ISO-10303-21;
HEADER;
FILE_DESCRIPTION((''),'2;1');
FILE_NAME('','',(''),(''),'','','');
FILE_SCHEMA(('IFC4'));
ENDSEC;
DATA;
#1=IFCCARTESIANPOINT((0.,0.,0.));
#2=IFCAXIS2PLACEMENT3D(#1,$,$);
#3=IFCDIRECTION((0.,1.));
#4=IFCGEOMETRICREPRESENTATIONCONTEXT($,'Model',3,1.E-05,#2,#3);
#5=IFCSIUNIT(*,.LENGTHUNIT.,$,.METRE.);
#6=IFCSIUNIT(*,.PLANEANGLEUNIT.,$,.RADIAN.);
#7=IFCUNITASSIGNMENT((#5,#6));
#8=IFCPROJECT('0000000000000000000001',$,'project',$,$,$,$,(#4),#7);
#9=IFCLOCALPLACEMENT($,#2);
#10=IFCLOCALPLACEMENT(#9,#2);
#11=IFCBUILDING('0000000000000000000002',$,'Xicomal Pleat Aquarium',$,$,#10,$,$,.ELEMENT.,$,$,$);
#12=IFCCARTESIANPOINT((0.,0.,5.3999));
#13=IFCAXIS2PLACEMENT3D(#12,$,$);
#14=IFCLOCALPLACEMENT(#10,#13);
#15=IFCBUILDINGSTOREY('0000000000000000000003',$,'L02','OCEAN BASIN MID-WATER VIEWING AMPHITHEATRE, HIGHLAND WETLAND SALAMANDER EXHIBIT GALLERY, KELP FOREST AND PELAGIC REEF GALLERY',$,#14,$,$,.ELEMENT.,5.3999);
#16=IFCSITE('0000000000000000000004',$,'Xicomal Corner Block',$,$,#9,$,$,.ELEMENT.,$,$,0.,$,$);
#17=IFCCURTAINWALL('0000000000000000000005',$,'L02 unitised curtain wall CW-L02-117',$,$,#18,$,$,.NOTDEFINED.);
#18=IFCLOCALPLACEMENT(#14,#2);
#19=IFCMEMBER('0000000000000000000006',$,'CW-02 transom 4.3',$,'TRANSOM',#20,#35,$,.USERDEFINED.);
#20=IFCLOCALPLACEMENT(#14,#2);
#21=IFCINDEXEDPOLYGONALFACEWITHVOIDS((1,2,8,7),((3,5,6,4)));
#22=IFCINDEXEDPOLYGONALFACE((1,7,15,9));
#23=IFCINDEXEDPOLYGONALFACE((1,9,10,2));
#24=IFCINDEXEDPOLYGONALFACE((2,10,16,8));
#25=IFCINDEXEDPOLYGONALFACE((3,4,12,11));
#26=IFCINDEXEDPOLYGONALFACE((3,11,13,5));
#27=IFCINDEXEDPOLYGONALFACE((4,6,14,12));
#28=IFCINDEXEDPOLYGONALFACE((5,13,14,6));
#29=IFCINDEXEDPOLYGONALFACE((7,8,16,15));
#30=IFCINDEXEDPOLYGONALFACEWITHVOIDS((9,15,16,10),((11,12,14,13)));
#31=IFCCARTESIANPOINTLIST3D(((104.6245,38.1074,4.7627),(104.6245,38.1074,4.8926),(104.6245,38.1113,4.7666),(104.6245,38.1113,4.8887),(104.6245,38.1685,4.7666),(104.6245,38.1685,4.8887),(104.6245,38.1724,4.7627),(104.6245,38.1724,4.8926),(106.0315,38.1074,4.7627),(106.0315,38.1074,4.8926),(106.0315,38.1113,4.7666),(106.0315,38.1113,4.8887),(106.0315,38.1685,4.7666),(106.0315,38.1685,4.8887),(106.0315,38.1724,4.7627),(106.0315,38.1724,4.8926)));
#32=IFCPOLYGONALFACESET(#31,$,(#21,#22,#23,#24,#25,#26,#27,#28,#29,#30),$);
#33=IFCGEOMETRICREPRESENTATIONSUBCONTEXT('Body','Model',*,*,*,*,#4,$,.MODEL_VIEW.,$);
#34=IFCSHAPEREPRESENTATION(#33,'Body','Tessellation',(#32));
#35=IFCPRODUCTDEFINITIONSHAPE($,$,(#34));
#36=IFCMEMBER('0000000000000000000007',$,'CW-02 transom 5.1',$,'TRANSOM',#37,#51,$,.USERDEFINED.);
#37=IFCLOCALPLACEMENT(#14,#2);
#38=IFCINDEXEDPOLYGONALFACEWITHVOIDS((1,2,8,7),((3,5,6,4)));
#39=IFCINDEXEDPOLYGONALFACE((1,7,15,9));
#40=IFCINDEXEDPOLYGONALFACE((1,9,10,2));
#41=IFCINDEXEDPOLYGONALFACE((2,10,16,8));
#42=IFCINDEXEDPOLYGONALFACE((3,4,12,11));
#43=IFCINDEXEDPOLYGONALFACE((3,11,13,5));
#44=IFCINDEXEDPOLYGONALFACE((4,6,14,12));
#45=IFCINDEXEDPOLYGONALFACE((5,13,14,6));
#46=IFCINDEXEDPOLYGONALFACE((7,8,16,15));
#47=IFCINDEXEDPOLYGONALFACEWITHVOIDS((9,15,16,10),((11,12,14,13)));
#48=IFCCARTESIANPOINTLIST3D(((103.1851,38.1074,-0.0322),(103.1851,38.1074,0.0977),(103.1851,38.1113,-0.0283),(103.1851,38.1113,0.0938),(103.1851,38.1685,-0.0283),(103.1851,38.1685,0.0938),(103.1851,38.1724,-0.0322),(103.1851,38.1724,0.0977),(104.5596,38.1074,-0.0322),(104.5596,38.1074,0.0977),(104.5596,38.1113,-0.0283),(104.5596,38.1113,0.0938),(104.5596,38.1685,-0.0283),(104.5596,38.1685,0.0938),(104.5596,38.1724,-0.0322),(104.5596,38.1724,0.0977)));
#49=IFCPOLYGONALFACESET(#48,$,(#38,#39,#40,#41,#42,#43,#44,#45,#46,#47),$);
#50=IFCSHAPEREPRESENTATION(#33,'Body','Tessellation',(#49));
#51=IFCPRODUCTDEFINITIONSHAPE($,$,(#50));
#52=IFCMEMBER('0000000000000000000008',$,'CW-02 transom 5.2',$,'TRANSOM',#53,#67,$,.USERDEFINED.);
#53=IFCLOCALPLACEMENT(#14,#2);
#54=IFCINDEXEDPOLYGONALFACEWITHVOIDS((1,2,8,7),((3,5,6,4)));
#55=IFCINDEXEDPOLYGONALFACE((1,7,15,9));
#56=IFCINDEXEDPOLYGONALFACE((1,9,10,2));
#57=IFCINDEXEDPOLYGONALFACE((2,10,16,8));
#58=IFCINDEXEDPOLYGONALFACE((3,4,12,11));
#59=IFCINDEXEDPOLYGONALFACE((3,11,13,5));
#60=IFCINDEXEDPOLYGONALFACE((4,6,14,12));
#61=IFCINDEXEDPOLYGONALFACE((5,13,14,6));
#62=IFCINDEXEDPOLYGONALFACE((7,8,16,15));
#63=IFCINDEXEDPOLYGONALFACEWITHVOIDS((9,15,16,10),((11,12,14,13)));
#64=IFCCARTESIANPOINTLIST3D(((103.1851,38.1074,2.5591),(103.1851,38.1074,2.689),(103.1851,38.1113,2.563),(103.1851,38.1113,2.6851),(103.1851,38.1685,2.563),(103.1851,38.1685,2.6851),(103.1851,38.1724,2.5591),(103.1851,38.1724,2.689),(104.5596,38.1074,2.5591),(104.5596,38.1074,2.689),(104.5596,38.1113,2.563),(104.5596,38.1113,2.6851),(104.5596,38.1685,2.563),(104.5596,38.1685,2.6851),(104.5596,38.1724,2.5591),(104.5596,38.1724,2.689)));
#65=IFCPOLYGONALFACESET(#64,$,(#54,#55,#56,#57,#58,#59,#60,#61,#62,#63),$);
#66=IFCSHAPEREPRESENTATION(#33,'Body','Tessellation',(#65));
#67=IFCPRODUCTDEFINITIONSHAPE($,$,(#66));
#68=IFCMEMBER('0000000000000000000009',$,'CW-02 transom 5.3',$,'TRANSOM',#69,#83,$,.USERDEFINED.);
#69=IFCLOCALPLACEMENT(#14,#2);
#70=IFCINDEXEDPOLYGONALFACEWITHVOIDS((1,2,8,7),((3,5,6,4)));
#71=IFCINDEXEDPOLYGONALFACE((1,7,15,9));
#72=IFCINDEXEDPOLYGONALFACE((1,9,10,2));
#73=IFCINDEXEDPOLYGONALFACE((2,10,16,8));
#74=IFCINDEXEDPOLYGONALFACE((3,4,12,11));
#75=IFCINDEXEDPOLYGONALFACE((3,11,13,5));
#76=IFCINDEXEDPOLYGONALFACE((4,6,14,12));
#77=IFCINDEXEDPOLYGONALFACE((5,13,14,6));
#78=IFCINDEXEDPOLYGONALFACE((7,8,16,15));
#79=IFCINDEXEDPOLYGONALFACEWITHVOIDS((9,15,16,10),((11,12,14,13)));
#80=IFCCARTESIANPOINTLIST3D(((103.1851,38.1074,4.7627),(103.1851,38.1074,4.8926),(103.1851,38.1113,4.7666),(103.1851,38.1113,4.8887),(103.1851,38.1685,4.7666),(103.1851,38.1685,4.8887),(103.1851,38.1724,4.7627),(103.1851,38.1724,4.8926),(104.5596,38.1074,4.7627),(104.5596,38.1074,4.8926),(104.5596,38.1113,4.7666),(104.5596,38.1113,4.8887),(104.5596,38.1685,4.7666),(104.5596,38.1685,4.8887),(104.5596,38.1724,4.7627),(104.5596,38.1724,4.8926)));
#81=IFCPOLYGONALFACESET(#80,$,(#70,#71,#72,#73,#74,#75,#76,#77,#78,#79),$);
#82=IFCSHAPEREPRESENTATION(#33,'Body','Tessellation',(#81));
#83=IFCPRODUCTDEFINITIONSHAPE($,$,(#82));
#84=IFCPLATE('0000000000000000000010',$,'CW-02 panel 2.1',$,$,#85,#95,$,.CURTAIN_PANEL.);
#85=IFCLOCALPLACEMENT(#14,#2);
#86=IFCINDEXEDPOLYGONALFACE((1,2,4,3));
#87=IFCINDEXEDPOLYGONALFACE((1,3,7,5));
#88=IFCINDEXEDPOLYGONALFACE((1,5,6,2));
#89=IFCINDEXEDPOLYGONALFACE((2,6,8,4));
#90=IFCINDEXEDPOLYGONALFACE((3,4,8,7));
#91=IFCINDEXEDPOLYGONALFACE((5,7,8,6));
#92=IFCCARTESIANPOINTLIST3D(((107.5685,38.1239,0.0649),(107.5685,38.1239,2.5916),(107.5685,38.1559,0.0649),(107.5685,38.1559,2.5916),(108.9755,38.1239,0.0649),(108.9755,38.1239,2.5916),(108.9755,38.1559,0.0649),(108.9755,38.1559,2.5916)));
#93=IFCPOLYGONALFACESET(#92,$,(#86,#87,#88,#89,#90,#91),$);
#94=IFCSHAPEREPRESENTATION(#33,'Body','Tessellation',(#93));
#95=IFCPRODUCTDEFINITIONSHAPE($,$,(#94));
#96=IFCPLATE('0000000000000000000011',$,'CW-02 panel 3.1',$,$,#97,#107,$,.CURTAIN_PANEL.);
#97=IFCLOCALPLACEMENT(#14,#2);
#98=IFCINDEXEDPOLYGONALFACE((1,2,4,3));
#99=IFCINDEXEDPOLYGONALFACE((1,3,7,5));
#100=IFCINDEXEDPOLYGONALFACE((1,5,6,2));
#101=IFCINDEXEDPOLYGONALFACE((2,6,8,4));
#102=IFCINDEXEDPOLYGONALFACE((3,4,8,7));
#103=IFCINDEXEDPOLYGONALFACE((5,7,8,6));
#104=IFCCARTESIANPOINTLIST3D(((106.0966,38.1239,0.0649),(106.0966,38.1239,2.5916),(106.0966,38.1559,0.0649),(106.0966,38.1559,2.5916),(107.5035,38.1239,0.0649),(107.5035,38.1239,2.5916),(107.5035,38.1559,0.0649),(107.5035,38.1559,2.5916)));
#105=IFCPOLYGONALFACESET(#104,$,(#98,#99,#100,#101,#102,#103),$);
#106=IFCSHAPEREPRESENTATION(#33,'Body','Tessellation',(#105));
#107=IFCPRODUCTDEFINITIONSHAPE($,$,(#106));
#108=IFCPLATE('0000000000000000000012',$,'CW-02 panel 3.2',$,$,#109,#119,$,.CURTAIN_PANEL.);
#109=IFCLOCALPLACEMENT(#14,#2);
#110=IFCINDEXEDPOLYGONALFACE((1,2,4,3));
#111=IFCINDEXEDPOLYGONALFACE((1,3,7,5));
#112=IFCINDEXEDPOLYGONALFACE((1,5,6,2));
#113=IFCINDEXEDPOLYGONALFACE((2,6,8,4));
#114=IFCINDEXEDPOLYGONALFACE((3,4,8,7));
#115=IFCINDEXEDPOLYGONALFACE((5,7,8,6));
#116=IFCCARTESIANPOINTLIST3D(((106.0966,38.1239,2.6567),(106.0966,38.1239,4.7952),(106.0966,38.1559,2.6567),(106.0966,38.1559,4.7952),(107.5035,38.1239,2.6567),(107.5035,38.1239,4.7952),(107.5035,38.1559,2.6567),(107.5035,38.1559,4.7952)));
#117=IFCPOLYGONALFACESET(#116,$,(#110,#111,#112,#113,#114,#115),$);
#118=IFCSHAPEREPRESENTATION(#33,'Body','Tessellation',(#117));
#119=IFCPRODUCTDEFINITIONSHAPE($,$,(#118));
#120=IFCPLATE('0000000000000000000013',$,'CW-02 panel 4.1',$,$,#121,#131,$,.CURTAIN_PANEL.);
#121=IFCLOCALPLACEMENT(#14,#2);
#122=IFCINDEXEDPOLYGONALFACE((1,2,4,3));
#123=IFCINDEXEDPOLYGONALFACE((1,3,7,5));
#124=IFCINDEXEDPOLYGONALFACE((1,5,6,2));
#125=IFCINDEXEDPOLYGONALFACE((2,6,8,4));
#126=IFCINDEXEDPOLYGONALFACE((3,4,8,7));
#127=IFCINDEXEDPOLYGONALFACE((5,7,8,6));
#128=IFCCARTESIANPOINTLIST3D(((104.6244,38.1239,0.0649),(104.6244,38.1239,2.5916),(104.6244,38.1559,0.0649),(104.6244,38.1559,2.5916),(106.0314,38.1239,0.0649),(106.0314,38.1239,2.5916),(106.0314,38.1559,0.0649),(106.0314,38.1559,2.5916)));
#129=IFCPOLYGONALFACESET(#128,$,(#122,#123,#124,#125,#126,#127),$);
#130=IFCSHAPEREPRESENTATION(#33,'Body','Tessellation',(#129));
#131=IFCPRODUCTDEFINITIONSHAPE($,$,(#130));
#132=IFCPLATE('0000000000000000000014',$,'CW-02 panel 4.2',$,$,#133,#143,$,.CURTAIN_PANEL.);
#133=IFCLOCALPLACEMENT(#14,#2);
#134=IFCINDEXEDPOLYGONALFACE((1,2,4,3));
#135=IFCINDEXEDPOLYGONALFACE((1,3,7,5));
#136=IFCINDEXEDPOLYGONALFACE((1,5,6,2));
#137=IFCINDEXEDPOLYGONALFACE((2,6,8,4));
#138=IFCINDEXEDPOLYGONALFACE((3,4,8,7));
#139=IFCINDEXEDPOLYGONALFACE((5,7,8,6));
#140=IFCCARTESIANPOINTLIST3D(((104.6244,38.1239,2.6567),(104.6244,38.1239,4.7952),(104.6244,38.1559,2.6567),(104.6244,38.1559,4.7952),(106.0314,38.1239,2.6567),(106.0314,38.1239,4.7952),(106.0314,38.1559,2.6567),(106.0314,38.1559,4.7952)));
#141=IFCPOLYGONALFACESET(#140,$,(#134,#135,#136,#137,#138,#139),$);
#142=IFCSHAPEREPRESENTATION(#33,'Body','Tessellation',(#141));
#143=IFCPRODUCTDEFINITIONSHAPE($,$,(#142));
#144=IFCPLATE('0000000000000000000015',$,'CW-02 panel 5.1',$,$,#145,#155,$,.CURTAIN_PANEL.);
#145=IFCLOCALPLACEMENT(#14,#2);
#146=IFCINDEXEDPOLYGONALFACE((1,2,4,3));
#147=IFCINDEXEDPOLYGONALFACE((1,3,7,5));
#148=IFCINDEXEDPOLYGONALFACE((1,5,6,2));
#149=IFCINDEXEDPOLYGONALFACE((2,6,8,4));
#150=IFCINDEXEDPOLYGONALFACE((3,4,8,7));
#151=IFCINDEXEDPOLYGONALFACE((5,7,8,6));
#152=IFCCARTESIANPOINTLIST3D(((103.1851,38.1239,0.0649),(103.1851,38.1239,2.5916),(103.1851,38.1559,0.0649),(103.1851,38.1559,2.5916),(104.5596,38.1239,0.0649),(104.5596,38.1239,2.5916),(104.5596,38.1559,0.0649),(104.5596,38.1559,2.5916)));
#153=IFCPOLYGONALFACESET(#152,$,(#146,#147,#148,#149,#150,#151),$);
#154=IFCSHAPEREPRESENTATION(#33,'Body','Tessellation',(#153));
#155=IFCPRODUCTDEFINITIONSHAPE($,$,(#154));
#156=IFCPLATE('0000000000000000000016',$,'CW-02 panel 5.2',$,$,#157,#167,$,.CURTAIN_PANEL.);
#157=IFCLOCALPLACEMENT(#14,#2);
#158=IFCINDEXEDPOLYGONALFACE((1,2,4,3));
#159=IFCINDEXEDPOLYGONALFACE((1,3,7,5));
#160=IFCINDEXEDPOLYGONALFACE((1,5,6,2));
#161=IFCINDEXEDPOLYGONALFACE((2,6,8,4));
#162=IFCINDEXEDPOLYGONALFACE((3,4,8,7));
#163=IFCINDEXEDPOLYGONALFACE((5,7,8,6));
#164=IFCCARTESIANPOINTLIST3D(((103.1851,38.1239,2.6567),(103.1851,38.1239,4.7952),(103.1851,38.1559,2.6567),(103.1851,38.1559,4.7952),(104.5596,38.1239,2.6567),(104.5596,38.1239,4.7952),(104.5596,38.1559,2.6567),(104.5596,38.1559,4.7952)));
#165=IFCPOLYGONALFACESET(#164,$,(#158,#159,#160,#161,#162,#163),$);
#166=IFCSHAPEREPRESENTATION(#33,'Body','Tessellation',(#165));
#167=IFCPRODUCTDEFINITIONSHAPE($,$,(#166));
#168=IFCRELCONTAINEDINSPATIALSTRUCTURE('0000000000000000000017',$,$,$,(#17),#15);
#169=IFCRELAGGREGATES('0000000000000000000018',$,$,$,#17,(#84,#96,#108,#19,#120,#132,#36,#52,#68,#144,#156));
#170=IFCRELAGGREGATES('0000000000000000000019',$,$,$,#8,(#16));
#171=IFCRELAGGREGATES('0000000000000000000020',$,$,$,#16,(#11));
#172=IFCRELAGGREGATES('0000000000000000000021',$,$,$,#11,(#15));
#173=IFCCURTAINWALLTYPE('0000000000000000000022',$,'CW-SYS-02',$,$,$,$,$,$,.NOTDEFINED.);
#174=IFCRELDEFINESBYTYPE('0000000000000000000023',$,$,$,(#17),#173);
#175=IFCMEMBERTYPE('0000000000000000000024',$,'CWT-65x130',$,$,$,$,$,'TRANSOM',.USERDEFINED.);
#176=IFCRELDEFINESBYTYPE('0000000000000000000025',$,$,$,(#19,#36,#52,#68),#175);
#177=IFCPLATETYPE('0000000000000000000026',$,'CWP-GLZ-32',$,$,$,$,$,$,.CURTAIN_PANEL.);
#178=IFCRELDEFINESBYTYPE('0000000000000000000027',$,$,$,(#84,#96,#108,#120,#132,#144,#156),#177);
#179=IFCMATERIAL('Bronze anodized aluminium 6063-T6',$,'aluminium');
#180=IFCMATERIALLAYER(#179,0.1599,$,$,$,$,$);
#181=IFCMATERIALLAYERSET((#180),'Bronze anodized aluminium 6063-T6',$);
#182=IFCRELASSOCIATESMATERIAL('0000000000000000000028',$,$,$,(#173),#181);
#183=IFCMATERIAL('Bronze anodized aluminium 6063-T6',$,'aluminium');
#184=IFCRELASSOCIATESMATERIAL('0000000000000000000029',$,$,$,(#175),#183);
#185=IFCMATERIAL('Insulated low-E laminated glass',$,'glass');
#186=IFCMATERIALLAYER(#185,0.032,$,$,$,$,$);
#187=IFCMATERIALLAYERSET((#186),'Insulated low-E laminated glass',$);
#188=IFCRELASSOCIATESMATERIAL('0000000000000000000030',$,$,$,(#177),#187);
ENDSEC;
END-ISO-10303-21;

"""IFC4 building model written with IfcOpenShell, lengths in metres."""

from ifc_helpers import new_model, si_unit, direction, frame, origin, origin_2d, place, context, subcontext, project, spatial, rectangle, hollow_rectangle, extrude, material, layer, layer_set, material_profile, profile_set, type_object, element, aggregate, save


model = new_model("IFC4")

# Units and contexts
model_context = context("Model", 3, precision=1e-05, world=origin(), true_north=direction((0.0, 1.0)))
body_context = subcontext(model_context, "Body", "Model", "MODEL_VIEW")
ifc_project = project(units=[si_unit("LENGTHUNIT", "METRE"), si_unit("PLANEANGLEUNIT", "RADIAN")], contexts=[model_context])

# Site, building, storey
site_placement = place(None, origin())
site = spatial("IfcSite", under=ifc_project, at=site_placement, Name="Xicomal Corner Block", CompositionType="ELEMENT", RefElevation=0.0)
building_placement = place(site_placement, origin())
building = spatial("IfcBuilding", under=site, at=building_placement, Name="Xicomal Pleat Aquarium", CompositionType="ELEMENT")
storey_placement = place(building_placement, frame((0.0, 0.0, 5.3999)))
storey = spatial("IfcBuildingStorey", under=building, at=storey_placement, Name="L02", Description="OCEAN BASIN MID-WATER VIEWING AMPHITHEATRE, HIGHLAND WETLAND SALAMANDER EXHIBIT GALLERY, KELP FOREST AND PELAGIC REEF GALLERY", CompositionType="ELEMENT", Elevation=5.3999)

# Curtain wall, members, plates
ifc_material_1 = material(Name="Bronze anodized aluminium 6063-T6", Category="aluminium")
ifc_layer_1 = layer(ifc_material_1, 0.1599)
ifc_layer_set_1 = layer_set([ifc_layer_1], Name="Bronze anodized aluminium 6063-T6")
curtain_wall_type = type_object("IfcCurtainWallType", Name="CW-SYS-02", PredefinedType="NOTDEFINED", material=ifc_layer_set_1)
curtain_wall_placement = place(storey_placement, origin())
curtain_wall = element("IfcCurtainWall", 1, at=curtain_wall_placement, inside=storey, type_object=curtain_wall_type, Name="L02 unitised curtain wall CW-L02-117", PredefinedType="NOTDEFINED")
ifc_material_2 = material(Name="Bronze anodized aluminium 6063-T6", Category="aluminium")
ifc_material_profile_1 = material_profile(ifc_material_2, hollow_rectangle(XDim=0.0649, YDim=0.1299, WallThickness=0.0039, at=origin_2d()), Name="ALU TRAN 65x130")
ifc_profile_set_1 = profile_set([ifc_material_profile_1], Name="Bronze anodized aluminium 6063-T6")
member_type_1 = type_object("IfcMemberType", Name="CWT-65x130", ElementType="TRANSOM", PredefinedType="USERDEFINED", material=ifc_profile_set_1)
member_1_placement = place(storey_placement, frame((106.0315, 38.1399, 4.8276), z_axis=(-1.0, 0.0, 0.0), x_axis=(0.0, -1.0, 0.0)))
member_1 = element("IfcMember", 2, at=member_1_placement, type_object=member_type_1, Name="CW-02 transom 4.3", ObjectType="TRANSOM", PredefinedType="USERDEFINED", context=body_context, shape_type="SweptSolid", body=[
    extrude(hollow_rectangle(XDim=0.0649, YDim=0.1299, WallThickness=0.0039, at=origin_2d()), origin(), (0.0, 0.0, 1.0), 1.407),
])
member_2_placement = place(storey_placement, frame((104.5596, 38.1399, 0.0327), z_axis=(-1.0, 0.0, 0.0), x_axis=(0.0, -1.0, 0.0)))
member_2 = element("IfcMember", 3, at=member_2_placement, type_object=member_type_1, Name="CW-02 transom 5.1", ObjectType="TRANSOM", PredefinedType="USERDEFINED", context=body_context, shape_type="SweptSolid", body=[
    extrude(hollow_rectangle(XDim=0.0649, YDim=0.1299, WallThickness=0.0039, at=origin_2d()), origin(), (0.0, 0.0, 1.0), 1.3745),
])
member_3_placement = place(storey_placement, frame((104.5596, 38.1399, 2.624), z_axis=(-1.0, 0.0, 0.0), x_axis=(0.0, -1.0, 0.0)))
member_3 = element("IfcMember", 4, at=member_3_placement, type_object=member_type_1, Name="CW-02 transom 5.2", ObjectType="TRANSOM", PredefinedType="USERDEFINED", context=body_context, shape_type="SweptSolid", body=[
    extrude(hollow_rectangle(XDim=0.0649, YDim=0.1299, WallThickness=0.0039, at=origin_2d()), origin(), (0.0, 0.0, 1.0), 1.3745),
])
member_4_placement = place(storey_placement, frame((104.5596, 38.1399, 4.8276), z_axis=(-1.0, 0.0, 0.0), x_axis=(0.0, -1.0, 0.0)))
member_4 = element("IfcMember", 5, at=member_4_placement, type_object=member_type_1, Name="CW-02 transom 5.3", ObjectType="TRANSOM", PredefinedType="USERDEFINED", context=body_context, shape_type="SweptSolid", body=[
    extrude(hollow_rectangle(XDim=0.0649, YDim=0.1299, WallThickness=0.0039, at=origin_2d()), origin(), (0.0, 0.0, 1.0), 1.3745),
])
ifc_material_3 = material(Name="Insulated low-E laminated glass", Category="glass")
ifc_layer_2 = layer(ifc_material_3, 0.032)
ifc_layer_set_2 = layer_set([ifc_layer_2], Name="Insulated low-E laminated glass")
plate_type = type_object("IfcPlateType", Name="CWP-GLZ-32", PredefinedType="CURTAIN_PANEL", material=ifc_layer_set_2)
plate_1_placement = place(storey_placement, frame((108.272, 38.1399, 0.0649), z_axis=(0.0, 0.0, 1.0), x_axis=(-1.0, 0.0, 0.0)))
plate_1 = element("IfcPlate", 6, at=plate_1_placement, type_object=plate_type, Name="CW-02 panel 2.1", PredefinedType="CURTAIN_PANEL", context=body_context, shape_type="SweptSolid", body=[
    extrude(rectangle(XDim=1.407, YDim=0.032, at=origin_2d()), origin(), (0.0, 0.0, 1.0), 2.5266),
])
plate_2_placement = place(storey_placement, frame((106.8, 38.1399, 0.0649), z_axis=(0.0, 0.0, 1.0), x_axis=(-1.0, 0.0, 0.0)))
plate_2 = element("IfcPlate", 7, at=plate_2_placement, type_object=plate_type, Name="CW-02 panel 3.1", PredefinedType="CURTAIN_PANEL", context=body_context, shape_type="SweptSolid", body=[
    extrude(rectangle(XDim=1.407, YDim=0.032, at=origin_2d()), origin(), (0.0, 0.0, 1.0), 2.5266),
])
plate_3_placement = place(storey_placement, frame((106.8, 38.1399, 2.6567), z_axis=(0.0, 0.0, 1.0), x_axis=(-1.0, 0.0, 0.0)))
plate_3 = element("IfcPlate", 8, at=plate_3_placement, type_object=plate_type, Name="CW-02 panel 3.2", PredefinedType="CURTAIN_PANEL", context=body_context, shape_type="SweptSolid", body=[
    extrude(rectangle(XDim=1.407, YDim=0.032, at=origin_2d()), origin(), (0.0, 0.0, 1.0), 2.1384),
])
plate_4_placement = place(storey_placement, frame((105.3279, 38.1399, 0.0649), z_axis=(0.0, 0.0, 1.0), x_axis=(-1.0, 0.0, 0.0)))
plate_4 = element("IfcPlate", 9, at=plate_4_placement, type_object=plate_type, Name="CW-02 panel 4.1", PredefinedType="CURTAIN_PANEL", context=body_context, shape_type="SweptSolid", body=[
    extrude(rectangle(XDim=1.407, YDim=0.032, at=origin_2d()), origin(), (0.0, 0.0, 1.0), 2.5266),
])
plate_5_placement = place(storey_placement, frame((105.3279, 38.1399, 2.6567), z_axis=(0.0, 0.0, 1.0), x_axis=(-1.0, 0.0, 0.0)))
plate_5 = element("IfcPlate", 10, at=plate_5_placement, type_object=plate_type, Name="CW-02 panel 4.2", PredefinedType="CURTAIN_PANEL", context=body_context, shape_type="SweptSolid", body=[
    extrude(rectangle(XDim=1.407, YDim=0.032, at=origin_2d()), origin(), (0.0, 0.0, 1.0), 2.1384),
])
plate_6_placement = place(storey_placement, frame((103.8723, 38.1399, 0.0649), z_axis=(0.0, 0.0, 1.0), x_axis=(-1.0, 0.0, 0.0)))
plate_6 = element("IfcPlate", 11, at=plate_6_placement, type_object=plate_type, Name="CW-02 panel 5.1", PredefinedType="CURTAIN_PANEL", context=body_context, shape_type="SweptSolid", body=[
    extrude(rectangle(XDim=1.3745, YDim=0.032, at=origin_2d()), origin(), (0.0, 0.0, 1.0), 2.5266),
])
plate_7_placement = place(storey_placement, frame((103.8723, 38.1399, 2.6567), z_axis=(0.0, 0.0, 1.0), x_axis=(-1.0, 0.0, 0.0)))
plate_7 = element("IfcPlate", 12, at=plate_7_placement, type_object=plate_type, Name="CW-02 panel 5.2", PredefinedType="CURTAIN_PANEL", context=body_context, shape_type="SweptSolid", body=[
    extrude(rectangle(XDim=1.3745, YDim=0.032, at=origin_2d()), origin(), (0.0, 0.0, 1.0), 2.1384),
])
aggregate(curtain_wall, [plate_1, plate_2, plate_3, member_1, plate_4, plate_5, member_2, member_3, member_4, plate_6, plate_7])

save(model, "model.ifc")
